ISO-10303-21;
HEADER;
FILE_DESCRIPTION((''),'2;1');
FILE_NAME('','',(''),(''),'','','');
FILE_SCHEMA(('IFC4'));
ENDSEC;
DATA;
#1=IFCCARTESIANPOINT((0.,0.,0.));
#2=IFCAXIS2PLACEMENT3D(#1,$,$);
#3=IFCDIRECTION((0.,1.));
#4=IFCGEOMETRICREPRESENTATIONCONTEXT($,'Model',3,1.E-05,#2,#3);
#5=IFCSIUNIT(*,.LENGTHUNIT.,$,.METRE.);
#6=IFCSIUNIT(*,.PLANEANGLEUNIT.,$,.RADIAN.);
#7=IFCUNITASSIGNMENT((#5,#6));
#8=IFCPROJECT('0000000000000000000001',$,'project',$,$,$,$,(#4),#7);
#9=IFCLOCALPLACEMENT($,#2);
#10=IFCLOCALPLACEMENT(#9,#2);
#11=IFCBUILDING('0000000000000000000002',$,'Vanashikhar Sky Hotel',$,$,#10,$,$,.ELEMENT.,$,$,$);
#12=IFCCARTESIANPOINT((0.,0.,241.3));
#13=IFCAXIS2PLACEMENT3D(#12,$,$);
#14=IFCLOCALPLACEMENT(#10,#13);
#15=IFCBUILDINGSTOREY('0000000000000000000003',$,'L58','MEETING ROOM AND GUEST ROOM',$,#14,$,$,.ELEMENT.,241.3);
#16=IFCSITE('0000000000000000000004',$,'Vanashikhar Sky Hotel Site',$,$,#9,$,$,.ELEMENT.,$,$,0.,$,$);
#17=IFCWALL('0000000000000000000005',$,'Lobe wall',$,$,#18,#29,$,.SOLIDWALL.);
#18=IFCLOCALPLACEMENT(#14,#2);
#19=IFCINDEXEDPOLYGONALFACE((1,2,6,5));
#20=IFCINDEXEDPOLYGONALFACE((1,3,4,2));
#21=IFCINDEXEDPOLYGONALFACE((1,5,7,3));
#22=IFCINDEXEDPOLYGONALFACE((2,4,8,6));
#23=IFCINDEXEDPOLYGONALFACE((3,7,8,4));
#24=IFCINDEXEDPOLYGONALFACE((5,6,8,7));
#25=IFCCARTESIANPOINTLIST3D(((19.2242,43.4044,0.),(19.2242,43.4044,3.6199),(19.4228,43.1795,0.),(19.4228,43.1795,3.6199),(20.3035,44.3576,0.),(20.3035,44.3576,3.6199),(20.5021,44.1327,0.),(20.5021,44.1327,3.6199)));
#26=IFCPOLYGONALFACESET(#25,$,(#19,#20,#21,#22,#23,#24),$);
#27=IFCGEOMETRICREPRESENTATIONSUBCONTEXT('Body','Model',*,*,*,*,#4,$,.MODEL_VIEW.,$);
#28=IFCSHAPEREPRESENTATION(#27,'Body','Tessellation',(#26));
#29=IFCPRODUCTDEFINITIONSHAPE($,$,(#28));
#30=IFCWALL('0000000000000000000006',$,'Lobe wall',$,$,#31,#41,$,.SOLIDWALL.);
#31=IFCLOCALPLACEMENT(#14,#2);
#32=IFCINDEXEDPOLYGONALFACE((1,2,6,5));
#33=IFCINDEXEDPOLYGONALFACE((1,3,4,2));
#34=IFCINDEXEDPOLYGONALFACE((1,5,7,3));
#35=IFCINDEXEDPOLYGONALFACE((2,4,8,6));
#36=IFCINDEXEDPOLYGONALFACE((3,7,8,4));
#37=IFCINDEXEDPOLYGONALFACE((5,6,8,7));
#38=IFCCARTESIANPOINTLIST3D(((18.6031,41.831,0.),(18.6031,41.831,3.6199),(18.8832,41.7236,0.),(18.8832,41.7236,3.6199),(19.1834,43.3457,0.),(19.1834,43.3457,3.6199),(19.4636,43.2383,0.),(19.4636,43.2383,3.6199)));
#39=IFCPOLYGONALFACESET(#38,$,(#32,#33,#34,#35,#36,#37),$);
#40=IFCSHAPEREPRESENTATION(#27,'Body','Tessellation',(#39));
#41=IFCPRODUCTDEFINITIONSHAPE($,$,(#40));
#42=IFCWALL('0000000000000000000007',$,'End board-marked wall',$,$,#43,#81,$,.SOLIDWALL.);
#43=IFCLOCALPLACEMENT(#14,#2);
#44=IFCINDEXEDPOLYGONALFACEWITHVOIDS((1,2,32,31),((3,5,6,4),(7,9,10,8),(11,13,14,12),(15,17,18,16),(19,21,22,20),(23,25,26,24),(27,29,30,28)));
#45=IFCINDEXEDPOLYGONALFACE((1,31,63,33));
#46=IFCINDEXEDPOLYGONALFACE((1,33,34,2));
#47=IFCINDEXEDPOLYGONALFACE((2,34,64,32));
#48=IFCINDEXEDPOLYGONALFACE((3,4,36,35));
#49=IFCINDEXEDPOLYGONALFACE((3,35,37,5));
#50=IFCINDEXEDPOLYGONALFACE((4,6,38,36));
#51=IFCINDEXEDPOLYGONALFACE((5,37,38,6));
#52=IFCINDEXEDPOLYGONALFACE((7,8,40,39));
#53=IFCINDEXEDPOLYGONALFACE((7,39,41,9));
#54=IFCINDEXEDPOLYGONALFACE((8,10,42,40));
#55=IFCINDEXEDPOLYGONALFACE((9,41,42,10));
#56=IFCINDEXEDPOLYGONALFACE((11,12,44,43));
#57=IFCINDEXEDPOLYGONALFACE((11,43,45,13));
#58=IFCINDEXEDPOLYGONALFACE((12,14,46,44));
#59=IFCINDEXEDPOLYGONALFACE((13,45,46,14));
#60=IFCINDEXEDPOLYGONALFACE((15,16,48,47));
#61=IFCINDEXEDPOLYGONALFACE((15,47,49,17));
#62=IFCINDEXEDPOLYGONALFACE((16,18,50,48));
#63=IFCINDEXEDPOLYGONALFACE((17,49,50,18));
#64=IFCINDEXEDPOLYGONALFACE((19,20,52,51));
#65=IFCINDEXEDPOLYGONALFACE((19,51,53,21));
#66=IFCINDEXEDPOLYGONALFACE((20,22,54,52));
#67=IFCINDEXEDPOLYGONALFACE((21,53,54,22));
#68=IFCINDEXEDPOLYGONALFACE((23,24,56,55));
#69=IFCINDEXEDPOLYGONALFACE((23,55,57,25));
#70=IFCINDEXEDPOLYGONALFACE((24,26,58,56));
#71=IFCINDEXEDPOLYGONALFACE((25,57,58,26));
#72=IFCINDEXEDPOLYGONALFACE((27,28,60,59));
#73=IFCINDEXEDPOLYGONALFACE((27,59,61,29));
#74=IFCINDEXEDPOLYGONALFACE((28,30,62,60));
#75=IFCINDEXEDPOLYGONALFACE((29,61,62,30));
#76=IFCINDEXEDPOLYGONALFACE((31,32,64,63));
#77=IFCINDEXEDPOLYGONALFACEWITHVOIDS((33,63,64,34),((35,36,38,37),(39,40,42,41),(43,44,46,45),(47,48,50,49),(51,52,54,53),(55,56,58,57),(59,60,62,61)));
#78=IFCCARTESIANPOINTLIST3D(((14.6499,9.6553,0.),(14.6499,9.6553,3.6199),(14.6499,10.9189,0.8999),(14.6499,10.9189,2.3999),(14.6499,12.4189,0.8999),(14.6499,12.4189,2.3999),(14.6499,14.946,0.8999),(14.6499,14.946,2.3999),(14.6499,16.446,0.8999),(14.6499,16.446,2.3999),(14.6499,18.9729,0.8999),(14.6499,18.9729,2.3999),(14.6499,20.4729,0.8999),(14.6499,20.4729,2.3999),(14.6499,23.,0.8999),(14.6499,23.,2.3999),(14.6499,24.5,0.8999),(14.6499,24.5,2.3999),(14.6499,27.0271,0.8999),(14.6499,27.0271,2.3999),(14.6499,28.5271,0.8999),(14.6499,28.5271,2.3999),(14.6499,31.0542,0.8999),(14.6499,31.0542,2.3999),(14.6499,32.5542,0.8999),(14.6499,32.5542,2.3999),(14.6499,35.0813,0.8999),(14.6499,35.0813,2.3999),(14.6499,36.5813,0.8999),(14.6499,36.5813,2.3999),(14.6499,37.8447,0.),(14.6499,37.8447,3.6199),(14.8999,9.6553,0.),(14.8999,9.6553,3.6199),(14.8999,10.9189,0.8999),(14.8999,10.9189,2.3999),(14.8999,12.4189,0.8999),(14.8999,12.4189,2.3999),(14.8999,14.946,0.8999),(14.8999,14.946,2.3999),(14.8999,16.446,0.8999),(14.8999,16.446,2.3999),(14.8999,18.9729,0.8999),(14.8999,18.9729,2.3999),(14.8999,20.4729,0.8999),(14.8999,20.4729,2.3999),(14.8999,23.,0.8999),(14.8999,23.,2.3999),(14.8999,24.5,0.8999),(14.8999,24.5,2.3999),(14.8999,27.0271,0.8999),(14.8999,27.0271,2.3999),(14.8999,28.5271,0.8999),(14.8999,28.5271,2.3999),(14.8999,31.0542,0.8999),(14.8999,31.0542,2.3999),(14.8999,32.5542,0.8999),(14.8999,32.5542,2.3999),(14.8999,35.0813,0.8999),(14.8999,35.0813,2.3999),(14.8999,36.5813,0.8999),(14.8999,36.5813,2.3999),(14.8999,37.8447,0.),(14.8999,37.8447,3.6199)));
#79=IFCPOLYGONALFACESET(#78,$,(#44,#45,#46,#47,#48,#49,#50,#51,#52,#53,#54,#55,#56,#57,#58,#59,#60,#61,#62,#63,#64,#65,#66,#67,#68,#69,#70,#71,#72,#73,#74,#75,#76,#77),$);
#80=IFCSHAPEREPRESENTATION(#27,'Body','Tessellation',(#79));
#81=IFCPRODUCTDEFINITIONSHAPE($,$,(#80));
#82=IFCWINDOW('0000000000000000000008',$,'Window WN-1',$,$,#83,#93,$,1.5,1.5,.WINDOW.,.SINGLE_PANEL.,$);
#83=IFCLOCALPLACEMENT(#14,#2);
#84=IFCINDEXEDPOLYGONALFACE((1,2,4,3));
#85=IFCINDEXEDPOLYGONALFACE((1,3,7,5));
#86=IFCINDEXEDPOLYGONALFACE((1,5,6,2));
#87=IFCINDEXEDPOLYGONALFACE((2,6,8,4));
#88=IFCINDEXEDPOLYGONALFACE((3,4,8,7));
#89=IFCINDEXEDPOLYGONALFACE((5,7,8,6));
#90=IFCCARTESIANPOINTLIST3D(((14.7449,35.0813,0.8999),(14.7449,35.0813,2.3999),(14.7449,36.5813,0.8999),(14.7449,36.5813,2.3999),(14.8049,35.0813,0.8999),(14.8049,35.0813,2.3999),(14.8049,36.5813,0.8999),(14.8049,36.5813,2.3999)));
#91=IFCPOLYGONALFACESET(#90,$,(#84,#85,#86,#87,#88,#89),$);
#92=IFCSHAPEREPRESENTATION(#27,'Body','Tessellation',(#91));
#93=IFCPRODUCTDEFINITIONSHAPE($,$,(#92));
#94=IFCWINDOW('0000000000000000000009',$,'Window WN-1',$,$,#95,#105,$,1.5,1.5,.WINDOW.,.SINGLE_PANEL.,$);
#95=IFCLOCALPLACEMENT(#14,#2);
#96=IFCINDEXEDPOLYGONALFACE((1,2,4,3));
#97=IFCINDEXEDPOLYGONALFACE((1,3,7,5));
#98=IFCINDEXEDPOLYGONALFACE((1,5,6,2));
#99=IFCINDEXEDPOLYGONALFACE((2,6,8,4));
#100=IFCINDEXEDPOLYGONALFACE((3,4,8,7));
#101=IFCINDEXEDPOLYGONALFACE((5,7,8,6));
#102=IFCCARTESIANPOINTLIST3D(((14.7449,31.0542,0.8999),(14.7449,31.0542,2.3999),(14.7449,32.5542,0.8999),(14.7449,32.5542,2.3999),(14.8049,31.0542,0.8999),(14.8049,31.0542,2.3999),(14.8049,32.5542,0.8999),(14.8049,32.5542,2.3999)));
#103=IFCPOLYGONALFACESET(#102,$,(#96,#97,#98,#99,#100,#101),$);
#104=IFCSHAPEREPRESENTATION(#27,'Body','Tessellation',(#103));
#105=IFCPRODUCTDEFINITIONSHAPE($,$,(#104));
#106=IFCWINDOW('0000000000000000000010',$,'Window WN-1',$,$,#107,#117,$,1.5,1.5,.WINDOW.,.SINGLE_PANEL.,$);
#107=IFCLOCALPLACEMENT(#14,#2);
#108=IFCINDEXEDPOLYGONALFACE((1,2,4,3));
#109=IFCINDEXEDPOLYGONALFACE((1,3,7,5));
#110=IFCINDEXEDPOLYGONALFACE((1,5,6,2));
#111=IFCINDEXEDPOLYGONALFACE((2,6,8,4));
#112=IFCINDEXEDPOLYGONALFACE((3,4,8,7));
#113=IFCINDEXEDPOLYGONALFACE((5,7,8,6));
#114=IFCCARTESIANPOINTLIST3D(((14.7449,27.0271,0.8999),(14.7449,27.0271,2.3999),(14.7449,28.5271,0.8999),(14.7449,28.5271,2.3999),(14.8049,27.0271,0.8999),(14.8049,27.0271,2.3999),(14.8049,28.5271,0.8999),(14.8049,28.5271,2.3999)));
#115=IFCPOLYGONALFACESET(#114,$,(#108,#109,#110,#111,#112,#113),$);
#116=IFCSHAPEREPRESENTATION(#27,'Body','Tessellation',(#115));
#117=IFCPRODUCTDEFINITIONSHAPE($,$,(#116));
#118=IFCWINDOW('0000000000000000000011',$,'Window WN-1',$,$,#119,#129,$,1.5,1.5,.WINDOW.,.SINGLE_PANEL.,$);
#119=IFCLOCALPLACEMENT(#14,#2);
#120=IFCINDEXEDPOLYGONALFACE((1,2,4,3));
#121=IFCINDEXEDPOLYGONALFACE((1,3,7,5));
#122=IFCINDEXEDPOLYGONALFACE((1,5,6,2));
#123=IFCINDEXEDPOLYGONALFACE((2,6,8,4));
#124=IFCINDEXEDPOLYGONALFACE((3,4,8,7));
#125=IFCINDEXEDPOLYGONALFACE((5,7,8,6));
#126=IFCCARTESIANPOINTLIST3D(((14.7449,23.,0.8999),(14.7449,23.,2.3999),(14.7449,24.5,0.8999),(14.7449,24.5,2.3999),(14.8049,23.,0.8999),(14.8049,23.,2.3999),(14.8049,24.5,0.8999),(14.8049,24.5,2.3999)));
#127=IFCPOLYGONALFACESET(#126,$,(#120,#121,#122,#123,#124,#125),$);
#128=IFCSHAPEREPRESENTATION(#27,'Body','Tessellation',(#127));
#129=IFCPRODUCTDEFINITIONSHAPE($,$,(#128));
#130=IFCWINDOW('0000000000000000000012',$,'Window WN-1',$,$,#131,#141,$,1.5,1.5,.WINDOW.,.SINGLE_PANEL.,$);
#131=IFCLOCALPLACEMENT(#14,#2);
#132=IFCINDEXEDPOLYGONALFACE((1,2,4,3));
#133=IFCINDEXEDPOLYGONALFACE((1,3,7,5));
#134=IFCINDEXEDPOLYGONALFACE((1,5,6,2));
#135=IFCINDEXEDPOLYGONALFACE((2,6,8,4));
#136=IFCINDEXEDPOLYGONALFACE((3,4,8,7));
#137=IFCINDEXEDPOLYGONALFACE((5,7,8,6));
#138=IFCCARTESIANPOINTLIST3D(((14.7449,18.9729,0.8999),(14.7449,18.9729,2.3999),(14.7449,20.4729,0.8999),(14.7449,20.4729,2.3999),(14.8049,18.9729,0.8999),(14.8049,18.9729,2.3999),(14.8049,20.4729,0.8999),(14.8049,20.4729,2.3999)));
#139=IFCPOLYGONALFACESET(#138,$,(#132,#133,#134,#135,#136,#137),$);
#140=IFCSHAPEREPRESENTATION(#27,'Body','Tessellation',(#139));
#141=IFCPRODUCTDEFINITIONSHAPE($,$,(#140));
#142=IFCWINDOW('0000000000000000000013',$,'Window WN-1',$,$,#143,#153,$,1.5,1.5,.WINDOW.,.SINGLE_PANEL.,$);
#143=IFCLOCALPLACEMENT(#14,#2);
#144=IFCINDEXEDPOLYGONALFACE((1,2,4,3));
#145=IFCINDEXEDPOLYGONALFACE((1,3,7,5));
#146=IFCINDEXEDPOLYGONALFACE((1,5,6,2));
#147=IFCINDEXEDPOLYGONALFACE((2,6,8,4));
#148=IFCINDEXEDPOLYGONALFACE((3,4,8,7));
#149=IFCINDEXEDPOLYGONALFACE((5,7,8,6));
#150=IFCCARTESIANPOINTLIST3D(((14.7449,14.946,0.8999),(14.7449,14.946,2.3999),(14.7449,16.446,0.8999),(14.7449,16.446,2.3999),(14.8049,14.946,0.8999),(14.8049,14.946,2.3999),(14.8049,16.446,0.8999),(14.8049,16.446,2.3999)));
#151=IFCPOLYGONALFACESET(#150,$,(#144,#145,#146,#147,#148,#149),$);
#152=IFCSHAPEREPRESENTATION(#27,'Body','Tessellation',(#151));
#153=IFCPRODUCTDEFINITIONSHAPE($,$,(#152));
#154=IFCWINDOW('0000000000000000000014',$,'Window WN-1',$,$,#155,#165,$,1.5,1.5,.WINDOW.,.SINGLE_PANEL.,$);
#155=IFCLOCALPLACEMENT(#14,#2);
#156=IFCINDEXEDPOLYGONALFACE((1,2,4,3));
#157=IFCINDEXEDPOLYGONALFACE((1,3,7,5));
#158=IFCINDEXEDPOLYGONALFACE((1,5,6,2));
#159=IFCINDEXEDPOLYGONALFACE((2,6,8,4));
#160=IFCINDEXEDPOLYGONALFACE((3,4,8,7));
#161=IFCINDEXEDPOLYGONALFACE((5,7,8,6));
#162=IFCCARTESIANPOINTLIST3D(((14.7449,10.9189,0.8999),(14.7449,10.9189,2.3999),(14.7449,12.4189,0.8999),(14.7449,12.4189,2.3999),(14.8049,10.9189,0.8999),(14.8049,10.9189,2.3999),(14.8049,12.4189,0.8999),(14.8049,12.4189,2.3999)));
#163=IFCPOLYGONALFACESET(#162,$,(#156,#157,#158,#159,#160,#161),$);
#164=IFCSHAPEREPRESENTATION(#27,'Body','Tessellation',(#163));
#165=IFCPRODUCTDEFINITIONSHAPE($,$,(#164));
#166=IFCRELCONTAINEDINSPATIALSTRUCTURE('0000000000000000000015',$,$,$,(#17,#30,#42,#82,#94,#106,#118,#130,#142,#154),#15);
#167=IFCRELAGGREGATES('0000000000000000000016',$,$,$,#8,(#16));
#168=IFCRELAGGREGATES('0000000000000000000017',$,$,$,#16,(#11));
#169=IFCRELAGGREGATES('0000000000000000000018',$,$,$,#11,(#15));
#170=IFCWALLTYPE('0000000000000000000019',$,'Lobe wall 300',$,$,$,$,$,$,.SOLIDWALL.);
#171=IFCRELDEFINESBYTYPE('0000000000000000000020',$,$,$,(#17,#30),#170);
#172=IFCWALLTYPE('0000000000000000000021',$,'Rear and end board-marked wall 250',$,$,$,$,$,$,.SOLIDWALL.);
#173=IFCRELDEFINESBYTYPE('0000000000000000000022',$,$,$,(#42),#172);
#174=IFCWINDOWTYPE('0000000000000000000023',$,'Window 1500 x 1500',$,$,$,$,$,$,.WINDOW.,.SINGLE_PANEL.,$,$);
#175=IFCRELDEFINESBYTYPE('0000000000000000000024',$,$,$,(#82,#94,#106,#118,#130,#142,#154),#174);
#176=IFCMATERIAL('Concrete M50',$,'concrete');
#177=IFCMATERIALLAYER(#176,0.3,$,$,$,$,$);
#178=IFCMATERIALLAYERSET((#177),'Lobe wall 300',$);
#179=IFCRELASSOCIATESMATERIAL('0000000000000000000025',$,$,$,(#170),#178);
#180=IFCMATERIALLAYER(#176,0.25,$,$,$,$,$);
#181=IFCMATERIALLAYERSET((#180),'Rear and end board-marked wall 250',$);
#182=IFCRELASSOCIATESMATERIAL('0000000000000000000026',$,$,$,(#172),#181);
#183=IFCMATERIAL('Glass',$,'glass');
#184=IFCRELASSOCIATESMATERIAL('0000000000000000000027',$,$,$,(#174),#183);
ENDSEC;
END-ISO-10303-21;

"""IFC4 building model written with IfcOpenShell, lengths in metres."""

from ifc_helpers import new_model, si_unit, direction, frame, frame_2d, origin, place, context, subcontext, project, spatial, rectangle, extrude, source, transform, mapped, material, layer, layer_set, type_object, element, fill, save


model = new_model("IFC4")

# Units and contexts
model_context = context("Model", 3, precision=1e-05, world=origin(), true_north=direction((0.0, 1.0)))
body_context = subcontext(model_context, "Body", "Model", "MODEL_VIEW")
ifc_project = project(units=[si_unit("LENGTHUNIT", "METRE"), si_unit("PLANEANGLEUNIT", "RADIAN")], contexts=[model_context])

# Site, building, storey
site_placement = place(None, origin())
site = spatial("IfcSite", under=ifc_project, at=site_placement, Name="Vanashikhar Sky Hotel Site", CompositionType="ELEMENT", RefElevation=0.0)
building_placement = place(site_placement, origin())
building = spatial("IfcBuilding", under=site, at=building_placement, Name="Vanashikhar Sky Hotel", CompositionType="ELEMENT")
storey_placement = place(building_placement, frame((0.0, 0.0, 241.3)))
storey = spatial("IfcBuildingStorey", under=building, at=storey_placement, Name="L58", Description="MEETING ROOM AND GUEST ROOM", CompositionType="ELEMENT", Elevation=241.3)

# Shared definitions
ifc_material_1 = material(Name="Concrete M50", Category="concrete")
ifc_layer_1 = layer(ifc_material_1, 0.3)
ifc_layer_set_1 = layer_set([ifc_layer_1], Name="Lobe wall 300")
wall_type_1 = type_object("IfcWallType", Name="Lobe wall 300", PredefinedType="SOLIDWALL", material=ifc_layer_set_1)
ifc_material_2 = material(Name="Glass", Category="glass")

# Walls
shared_shape_1 = source(origin(), body_context, "Body", "SweptSolid", [
    extrude(rectangle(XDim=1.4399, YDim=0.3, at=frame_2d((0.72, 0.0))), origin(), (0.0, 0.0, 1.0), 3.6199),
])
wall_1_placement = place(storey_placement, frame((20.4028, 44.2451, 0.0), z_axis=(0.0, 0.0, 1.0), x_axis=(-0.749576, -0.661919, 0.0)))
element("IfcWall", 1, at=wall_1_placement, inside=storey, type_object=wall_type_1, Name="Lobe wall", PredefinedType="SOLIDWALL", context=body_context, shape_type="MappedRepresentation", body=[
    mapped(shared_shape_1, transform((0.0, 0.0, 0.0), scale=1.0)),
])
shared_shape_2 = source(origin(), body_context, "Body", "SweptSolid", [
    extrude(rectangle(XDim=1.6221, YDim=0.3, at=frame_2d((0.811, 0.0))), origin(), (0.0, 0.0, 1.0), 3.6199),
])
wall_2_placement = place(storey_placement, frame((19.3235, 43.292, 0.0), z_axis=(0.0, 0.0, 1.0), x_axis=(-0.357779, -0.933806, 0.0)))
element("IfcWall", 2, at=wall_2_placement, inside=storey, type_object=wall_type_1, Name="Lobe wall", PredefinedType="SOLIDWALL", context=body_context, shape_type="MappedRepresentation", body=[
    mapped(shared_shape_2, transform((0.0, 0.0, 0.0), scale=1.0)),
])

# Wall, openings, windows
ifc_layer_2 = layer(ifc_material_1, 0.25)
ifc_layer_set_2 = layer_set([ifc_layer_2], Name="Rear and end board-marked wall 250")
wall_type_2 = type_object("IfcWallType", Name="Rear and end board-marked wall 250", PredefinedType="SOLIDWALL", material=ifc_layer_set_2)
shared_shape_3 = source(origin(), body_context, "Body", "SweptSolid", [
    extrude(rectangle(XDim=28.1895, YDim=0.25, at=frame_2d((14.0947, 0.0))), origin(), (0.0, 0.0, 1.0), 3.6199),
])
wall_3_placement = place(storey_placement, frame((14.7749, 37.8447, 0.0), z_axis=(0.0, 0.0, 1.0), x_axis=(0.0, -1.0, 0.0)))
wall_3 = element("IfcWall", 3, at=wall_3_placement, inside=storey, type_object=wall_type_2, Name="End board-marked wall", PredefinedType="SOLIDWALL", context=body_context, shape_type="MappedRepresentation", body=[
    mapped(shared_shape_3, transform((0.0, 0.0, 0.0), scale=1.0)),
])
shared_shape_4 = source(origin(), body_context, "Body", "SweptSolid", [
    extrude(rectangle(XDim=1.5, YDim=1.5, at=frame_2d((0.75, 0.75))), frame((0.0, 0.135, 0.0), z_axis=(0.0, -1.0, 0.0), x_axis=(1.0, 0.0, 0.0)), (0.0, 0.0, 1.0), 0.27),
])
opening_1_placement = place(wall_3_placement, frame((1.2634, 0.0, 0.8999)))
opening_1 = element("IfcOpeningElement", 4, at=opening_1_placement, cuts=wall_3, PredefinedType="OPENING", context=body_context, shape_type="MappedRepresentation", body=[
    mapped(shared_shape_4, transform((0.0, 0.0, 0.0), scale=1.0)),
])
opening_2_placement = place(wall_3_placement, frame((5.2905, 0.0, 0.8999)))
opening_2 = element("IfcOpeningElement", 5, at=opening_2_placement, cuts=wall_3, PredefinedType="OPENING", context=body_context, shape_type="MappedRepresentation", body=[
    mapped(shared_shape_4, transform((0.0, 0.0, 0.0), scale=1.0)),
])
opening_3_placement = place(wall_3_placement, frame((9.3176, 0.0, 0.8999)))
opening_3 = element("IfcOpeningElement", 6, at=opening_3_placement, cuts=wall_3, PredefinedType="OPENING", context=body_context, shape_type="MappedRepresentation", body=[
    mapped(shared_shape_4, transform((0.0, 0.0, 0.0), scale=1.0)),
])
opening_4_placement = place(wall_3_placement, frame((13.3447, 0.0, 0.8999)))
opening_4 = element("IfcOpeningElement", 7, at=opening_4_placement, cuts=wall_3, PredefinedType="OPENING", context=body_context, shape_type="MappedRepresentation", body=[
    mapped(shared_shape_4, transform((0.0, 0.0, 0.0), scale=1.0)),
])
opening_5_placement = place(wall_3_placement, frame((17.3718, 0.0, 0.8999)))
opening_5 = element("IfcOpeningElement", 8, at=opening_5_placement, cuts=wall_3, PredefinedType="OPENING", context=body_context, shape_type="MappedRepresentation", body=[
    mapped(shared_shape_4, transform((0.0, 0.0, 0.0), scale=1.0)),
])
opening_6_placement = place(wall_3_placement, frame((21.3987, 0.0, 0.8999)))
opening_6 = element("IfcOpeningElement", 9, at=opening_6_placement, cuts=wall_3, PredefinedType="OPENING", context=body_context, shape_type="MappedRepresentation", body=[
    mapped(shared_shape_4, transform((0.0, 0.0, 0.0), scale=1.0)),
])
opening_7_placement = place(wall_3_placement, frame((25.4258, 0.0, 0.8999)))
opening_7 = element("IfcOpeningElement", 10, at=opening_7_placement, cuts=wall_3, PredefinedType="OPENING", context=body_context, shape_type="MappedRepresentation", body=[
    mapped(shared_shape_4, transform((0.0, 0.0, 0.0), scale=1.0)),
])
window_type_1 = type_object("IfcWindowType", Name="Window 1500 x 1500", PartitioningType="SINGLE_PANEL", PredefinedType="WINDOW", material=ifc_material_2)
shared_shape_5 = source(origin(), body_context, "Body", "SweptSolid", [
    extrude(rectangle(XDim=1.5, YDim=1.5, at=frame_2d((0.75, 0.75))), frame((0.0, 0.03, 0.0), z_axis=(0.0, -1.0, 0.0), x_axis=(1.0, 0.0, 0.0)), (0.0, 0.0, 1.0), 0.0601),
])
window_1_placement = place(opening_1_placement, origin())
window_1 = element("IfcWindow", 11, at=window_1_placement, inside=storey, type_object=window_type_1, Name="Window WN-1", OverallHeight=1.5, OverallWidth=1.5, PartitioningType="SINGLE_PANEL", PredefinedType="WINDOW", context=body_context, shape_type="MappedRepresentation", body=[
    mapped(shared_shape_5, transform((0.0, 0.0, 0.0), scale=1.0)),
])
fill(opening_1, window_1)
window_2_placement = place(opening_2_placement, origin())
window_2 = element("IfcWindow", 12, at=window_2_placement, inside=storey, type_object=window_type_1, Name="Window WN-1", OverallHeight=1.5, OverallWidth=1.5, PartitioningType="SINGLE_PANEL", PredefinedType="WINDOW", context=body_context, shape_type="MappedRepresentation", body=[
    mapped(shared_shape_5, transform((0.0, 0.0, 0.0), scale=1.0)),
])
fill(opening_2, window_2)
window_3_placement = place(opening_3_placement, origin())
window_3 = element("IfcWindow", 13, at=window_3_placement, inside=storey, type_object=window_type_1, Name="Window WN-1", OverallHeight=1.5, OverallWidth=1.5, PartitioningType="SINGLE_PANEL", PredefinedType="WINDOW", context=body_context, shape_type="MappedRepresentation", body=[
    mapped(shared_shape_5, transform((0.0, 0.0, 0.0), scale=1.0)),
])
fill(opening_3, window_3)
window_4_placement = place(opening_4_placement, origin())
window_4 = element("IfcWindow", 14, at=window_4_placement, inside=storey, type_object=window_type_1, Name="Window WN-1", OverallHeight=1.5, OverallWidth=1.5, PartitioningType="SINGLE_PANEL", PredefinedType="WINDOW", context=body_context, shape_type="MappedRepresentation", body=[
    mapped(shared_shape_5, transform((0.0, 0.0, 0.0), scale=1.0)),
])
fill(opening_4, window_4)
window_5_placement = place(opening_5_placement, origin())
window_5 = element("IfcWindow", 15, at=window_5_placement, inside=storey, type_object=window_type_1, Name="Window WN-1", OverallHeight=1.5, OverallWidth=1.5, PartitioningType="SINGLE_PANEL", PredefinedType="WINDOW", context=body_context, shape_type="MappedRepresentation", body=[
    mapped(shared_shape_5, transform((0.0, 0.0, 0.0), scale=1.0)),
])
fill(opening_5, window_5)
window_6_placement = place(opening_6_placement, origin())
window_6 = element("IfcWindow", 16, at=window_6_placement, inside=storey, type_object=window_type_1, Name="Window WN-1", OverallHeight=1.5, OverallWidth=1.5, PartitioningType="SINGLE_PANEL", PredefinedType="WINDOW", context=body_context, shape_type="MappedRepresentation", body=[
    mapped(shared_shape_5, transform((0.0, 0.0, 0.0), scale=1.0)),
])
fill(opening_6, window_6)
window_7_placement = place(opening_7_placement, origin())
window_7 = element("IfcWindow", 17, at=window_7_placement, inside=storey, type_object=window_type_1, Name="Window WN-1", OverallHeight=1.5, OverallWidth=1.5, PartitioningType="SINGLE_PANEL", PredefinedType="WINDOW", context=body_context, shape_type="MappedRepresentation", body=[
    mapped(shared_shape_5, transform((0.0, 0.0, 0.0), scale=1.0)),
])
fill(opening_7, window_7)

save(model, "model.ifc")
